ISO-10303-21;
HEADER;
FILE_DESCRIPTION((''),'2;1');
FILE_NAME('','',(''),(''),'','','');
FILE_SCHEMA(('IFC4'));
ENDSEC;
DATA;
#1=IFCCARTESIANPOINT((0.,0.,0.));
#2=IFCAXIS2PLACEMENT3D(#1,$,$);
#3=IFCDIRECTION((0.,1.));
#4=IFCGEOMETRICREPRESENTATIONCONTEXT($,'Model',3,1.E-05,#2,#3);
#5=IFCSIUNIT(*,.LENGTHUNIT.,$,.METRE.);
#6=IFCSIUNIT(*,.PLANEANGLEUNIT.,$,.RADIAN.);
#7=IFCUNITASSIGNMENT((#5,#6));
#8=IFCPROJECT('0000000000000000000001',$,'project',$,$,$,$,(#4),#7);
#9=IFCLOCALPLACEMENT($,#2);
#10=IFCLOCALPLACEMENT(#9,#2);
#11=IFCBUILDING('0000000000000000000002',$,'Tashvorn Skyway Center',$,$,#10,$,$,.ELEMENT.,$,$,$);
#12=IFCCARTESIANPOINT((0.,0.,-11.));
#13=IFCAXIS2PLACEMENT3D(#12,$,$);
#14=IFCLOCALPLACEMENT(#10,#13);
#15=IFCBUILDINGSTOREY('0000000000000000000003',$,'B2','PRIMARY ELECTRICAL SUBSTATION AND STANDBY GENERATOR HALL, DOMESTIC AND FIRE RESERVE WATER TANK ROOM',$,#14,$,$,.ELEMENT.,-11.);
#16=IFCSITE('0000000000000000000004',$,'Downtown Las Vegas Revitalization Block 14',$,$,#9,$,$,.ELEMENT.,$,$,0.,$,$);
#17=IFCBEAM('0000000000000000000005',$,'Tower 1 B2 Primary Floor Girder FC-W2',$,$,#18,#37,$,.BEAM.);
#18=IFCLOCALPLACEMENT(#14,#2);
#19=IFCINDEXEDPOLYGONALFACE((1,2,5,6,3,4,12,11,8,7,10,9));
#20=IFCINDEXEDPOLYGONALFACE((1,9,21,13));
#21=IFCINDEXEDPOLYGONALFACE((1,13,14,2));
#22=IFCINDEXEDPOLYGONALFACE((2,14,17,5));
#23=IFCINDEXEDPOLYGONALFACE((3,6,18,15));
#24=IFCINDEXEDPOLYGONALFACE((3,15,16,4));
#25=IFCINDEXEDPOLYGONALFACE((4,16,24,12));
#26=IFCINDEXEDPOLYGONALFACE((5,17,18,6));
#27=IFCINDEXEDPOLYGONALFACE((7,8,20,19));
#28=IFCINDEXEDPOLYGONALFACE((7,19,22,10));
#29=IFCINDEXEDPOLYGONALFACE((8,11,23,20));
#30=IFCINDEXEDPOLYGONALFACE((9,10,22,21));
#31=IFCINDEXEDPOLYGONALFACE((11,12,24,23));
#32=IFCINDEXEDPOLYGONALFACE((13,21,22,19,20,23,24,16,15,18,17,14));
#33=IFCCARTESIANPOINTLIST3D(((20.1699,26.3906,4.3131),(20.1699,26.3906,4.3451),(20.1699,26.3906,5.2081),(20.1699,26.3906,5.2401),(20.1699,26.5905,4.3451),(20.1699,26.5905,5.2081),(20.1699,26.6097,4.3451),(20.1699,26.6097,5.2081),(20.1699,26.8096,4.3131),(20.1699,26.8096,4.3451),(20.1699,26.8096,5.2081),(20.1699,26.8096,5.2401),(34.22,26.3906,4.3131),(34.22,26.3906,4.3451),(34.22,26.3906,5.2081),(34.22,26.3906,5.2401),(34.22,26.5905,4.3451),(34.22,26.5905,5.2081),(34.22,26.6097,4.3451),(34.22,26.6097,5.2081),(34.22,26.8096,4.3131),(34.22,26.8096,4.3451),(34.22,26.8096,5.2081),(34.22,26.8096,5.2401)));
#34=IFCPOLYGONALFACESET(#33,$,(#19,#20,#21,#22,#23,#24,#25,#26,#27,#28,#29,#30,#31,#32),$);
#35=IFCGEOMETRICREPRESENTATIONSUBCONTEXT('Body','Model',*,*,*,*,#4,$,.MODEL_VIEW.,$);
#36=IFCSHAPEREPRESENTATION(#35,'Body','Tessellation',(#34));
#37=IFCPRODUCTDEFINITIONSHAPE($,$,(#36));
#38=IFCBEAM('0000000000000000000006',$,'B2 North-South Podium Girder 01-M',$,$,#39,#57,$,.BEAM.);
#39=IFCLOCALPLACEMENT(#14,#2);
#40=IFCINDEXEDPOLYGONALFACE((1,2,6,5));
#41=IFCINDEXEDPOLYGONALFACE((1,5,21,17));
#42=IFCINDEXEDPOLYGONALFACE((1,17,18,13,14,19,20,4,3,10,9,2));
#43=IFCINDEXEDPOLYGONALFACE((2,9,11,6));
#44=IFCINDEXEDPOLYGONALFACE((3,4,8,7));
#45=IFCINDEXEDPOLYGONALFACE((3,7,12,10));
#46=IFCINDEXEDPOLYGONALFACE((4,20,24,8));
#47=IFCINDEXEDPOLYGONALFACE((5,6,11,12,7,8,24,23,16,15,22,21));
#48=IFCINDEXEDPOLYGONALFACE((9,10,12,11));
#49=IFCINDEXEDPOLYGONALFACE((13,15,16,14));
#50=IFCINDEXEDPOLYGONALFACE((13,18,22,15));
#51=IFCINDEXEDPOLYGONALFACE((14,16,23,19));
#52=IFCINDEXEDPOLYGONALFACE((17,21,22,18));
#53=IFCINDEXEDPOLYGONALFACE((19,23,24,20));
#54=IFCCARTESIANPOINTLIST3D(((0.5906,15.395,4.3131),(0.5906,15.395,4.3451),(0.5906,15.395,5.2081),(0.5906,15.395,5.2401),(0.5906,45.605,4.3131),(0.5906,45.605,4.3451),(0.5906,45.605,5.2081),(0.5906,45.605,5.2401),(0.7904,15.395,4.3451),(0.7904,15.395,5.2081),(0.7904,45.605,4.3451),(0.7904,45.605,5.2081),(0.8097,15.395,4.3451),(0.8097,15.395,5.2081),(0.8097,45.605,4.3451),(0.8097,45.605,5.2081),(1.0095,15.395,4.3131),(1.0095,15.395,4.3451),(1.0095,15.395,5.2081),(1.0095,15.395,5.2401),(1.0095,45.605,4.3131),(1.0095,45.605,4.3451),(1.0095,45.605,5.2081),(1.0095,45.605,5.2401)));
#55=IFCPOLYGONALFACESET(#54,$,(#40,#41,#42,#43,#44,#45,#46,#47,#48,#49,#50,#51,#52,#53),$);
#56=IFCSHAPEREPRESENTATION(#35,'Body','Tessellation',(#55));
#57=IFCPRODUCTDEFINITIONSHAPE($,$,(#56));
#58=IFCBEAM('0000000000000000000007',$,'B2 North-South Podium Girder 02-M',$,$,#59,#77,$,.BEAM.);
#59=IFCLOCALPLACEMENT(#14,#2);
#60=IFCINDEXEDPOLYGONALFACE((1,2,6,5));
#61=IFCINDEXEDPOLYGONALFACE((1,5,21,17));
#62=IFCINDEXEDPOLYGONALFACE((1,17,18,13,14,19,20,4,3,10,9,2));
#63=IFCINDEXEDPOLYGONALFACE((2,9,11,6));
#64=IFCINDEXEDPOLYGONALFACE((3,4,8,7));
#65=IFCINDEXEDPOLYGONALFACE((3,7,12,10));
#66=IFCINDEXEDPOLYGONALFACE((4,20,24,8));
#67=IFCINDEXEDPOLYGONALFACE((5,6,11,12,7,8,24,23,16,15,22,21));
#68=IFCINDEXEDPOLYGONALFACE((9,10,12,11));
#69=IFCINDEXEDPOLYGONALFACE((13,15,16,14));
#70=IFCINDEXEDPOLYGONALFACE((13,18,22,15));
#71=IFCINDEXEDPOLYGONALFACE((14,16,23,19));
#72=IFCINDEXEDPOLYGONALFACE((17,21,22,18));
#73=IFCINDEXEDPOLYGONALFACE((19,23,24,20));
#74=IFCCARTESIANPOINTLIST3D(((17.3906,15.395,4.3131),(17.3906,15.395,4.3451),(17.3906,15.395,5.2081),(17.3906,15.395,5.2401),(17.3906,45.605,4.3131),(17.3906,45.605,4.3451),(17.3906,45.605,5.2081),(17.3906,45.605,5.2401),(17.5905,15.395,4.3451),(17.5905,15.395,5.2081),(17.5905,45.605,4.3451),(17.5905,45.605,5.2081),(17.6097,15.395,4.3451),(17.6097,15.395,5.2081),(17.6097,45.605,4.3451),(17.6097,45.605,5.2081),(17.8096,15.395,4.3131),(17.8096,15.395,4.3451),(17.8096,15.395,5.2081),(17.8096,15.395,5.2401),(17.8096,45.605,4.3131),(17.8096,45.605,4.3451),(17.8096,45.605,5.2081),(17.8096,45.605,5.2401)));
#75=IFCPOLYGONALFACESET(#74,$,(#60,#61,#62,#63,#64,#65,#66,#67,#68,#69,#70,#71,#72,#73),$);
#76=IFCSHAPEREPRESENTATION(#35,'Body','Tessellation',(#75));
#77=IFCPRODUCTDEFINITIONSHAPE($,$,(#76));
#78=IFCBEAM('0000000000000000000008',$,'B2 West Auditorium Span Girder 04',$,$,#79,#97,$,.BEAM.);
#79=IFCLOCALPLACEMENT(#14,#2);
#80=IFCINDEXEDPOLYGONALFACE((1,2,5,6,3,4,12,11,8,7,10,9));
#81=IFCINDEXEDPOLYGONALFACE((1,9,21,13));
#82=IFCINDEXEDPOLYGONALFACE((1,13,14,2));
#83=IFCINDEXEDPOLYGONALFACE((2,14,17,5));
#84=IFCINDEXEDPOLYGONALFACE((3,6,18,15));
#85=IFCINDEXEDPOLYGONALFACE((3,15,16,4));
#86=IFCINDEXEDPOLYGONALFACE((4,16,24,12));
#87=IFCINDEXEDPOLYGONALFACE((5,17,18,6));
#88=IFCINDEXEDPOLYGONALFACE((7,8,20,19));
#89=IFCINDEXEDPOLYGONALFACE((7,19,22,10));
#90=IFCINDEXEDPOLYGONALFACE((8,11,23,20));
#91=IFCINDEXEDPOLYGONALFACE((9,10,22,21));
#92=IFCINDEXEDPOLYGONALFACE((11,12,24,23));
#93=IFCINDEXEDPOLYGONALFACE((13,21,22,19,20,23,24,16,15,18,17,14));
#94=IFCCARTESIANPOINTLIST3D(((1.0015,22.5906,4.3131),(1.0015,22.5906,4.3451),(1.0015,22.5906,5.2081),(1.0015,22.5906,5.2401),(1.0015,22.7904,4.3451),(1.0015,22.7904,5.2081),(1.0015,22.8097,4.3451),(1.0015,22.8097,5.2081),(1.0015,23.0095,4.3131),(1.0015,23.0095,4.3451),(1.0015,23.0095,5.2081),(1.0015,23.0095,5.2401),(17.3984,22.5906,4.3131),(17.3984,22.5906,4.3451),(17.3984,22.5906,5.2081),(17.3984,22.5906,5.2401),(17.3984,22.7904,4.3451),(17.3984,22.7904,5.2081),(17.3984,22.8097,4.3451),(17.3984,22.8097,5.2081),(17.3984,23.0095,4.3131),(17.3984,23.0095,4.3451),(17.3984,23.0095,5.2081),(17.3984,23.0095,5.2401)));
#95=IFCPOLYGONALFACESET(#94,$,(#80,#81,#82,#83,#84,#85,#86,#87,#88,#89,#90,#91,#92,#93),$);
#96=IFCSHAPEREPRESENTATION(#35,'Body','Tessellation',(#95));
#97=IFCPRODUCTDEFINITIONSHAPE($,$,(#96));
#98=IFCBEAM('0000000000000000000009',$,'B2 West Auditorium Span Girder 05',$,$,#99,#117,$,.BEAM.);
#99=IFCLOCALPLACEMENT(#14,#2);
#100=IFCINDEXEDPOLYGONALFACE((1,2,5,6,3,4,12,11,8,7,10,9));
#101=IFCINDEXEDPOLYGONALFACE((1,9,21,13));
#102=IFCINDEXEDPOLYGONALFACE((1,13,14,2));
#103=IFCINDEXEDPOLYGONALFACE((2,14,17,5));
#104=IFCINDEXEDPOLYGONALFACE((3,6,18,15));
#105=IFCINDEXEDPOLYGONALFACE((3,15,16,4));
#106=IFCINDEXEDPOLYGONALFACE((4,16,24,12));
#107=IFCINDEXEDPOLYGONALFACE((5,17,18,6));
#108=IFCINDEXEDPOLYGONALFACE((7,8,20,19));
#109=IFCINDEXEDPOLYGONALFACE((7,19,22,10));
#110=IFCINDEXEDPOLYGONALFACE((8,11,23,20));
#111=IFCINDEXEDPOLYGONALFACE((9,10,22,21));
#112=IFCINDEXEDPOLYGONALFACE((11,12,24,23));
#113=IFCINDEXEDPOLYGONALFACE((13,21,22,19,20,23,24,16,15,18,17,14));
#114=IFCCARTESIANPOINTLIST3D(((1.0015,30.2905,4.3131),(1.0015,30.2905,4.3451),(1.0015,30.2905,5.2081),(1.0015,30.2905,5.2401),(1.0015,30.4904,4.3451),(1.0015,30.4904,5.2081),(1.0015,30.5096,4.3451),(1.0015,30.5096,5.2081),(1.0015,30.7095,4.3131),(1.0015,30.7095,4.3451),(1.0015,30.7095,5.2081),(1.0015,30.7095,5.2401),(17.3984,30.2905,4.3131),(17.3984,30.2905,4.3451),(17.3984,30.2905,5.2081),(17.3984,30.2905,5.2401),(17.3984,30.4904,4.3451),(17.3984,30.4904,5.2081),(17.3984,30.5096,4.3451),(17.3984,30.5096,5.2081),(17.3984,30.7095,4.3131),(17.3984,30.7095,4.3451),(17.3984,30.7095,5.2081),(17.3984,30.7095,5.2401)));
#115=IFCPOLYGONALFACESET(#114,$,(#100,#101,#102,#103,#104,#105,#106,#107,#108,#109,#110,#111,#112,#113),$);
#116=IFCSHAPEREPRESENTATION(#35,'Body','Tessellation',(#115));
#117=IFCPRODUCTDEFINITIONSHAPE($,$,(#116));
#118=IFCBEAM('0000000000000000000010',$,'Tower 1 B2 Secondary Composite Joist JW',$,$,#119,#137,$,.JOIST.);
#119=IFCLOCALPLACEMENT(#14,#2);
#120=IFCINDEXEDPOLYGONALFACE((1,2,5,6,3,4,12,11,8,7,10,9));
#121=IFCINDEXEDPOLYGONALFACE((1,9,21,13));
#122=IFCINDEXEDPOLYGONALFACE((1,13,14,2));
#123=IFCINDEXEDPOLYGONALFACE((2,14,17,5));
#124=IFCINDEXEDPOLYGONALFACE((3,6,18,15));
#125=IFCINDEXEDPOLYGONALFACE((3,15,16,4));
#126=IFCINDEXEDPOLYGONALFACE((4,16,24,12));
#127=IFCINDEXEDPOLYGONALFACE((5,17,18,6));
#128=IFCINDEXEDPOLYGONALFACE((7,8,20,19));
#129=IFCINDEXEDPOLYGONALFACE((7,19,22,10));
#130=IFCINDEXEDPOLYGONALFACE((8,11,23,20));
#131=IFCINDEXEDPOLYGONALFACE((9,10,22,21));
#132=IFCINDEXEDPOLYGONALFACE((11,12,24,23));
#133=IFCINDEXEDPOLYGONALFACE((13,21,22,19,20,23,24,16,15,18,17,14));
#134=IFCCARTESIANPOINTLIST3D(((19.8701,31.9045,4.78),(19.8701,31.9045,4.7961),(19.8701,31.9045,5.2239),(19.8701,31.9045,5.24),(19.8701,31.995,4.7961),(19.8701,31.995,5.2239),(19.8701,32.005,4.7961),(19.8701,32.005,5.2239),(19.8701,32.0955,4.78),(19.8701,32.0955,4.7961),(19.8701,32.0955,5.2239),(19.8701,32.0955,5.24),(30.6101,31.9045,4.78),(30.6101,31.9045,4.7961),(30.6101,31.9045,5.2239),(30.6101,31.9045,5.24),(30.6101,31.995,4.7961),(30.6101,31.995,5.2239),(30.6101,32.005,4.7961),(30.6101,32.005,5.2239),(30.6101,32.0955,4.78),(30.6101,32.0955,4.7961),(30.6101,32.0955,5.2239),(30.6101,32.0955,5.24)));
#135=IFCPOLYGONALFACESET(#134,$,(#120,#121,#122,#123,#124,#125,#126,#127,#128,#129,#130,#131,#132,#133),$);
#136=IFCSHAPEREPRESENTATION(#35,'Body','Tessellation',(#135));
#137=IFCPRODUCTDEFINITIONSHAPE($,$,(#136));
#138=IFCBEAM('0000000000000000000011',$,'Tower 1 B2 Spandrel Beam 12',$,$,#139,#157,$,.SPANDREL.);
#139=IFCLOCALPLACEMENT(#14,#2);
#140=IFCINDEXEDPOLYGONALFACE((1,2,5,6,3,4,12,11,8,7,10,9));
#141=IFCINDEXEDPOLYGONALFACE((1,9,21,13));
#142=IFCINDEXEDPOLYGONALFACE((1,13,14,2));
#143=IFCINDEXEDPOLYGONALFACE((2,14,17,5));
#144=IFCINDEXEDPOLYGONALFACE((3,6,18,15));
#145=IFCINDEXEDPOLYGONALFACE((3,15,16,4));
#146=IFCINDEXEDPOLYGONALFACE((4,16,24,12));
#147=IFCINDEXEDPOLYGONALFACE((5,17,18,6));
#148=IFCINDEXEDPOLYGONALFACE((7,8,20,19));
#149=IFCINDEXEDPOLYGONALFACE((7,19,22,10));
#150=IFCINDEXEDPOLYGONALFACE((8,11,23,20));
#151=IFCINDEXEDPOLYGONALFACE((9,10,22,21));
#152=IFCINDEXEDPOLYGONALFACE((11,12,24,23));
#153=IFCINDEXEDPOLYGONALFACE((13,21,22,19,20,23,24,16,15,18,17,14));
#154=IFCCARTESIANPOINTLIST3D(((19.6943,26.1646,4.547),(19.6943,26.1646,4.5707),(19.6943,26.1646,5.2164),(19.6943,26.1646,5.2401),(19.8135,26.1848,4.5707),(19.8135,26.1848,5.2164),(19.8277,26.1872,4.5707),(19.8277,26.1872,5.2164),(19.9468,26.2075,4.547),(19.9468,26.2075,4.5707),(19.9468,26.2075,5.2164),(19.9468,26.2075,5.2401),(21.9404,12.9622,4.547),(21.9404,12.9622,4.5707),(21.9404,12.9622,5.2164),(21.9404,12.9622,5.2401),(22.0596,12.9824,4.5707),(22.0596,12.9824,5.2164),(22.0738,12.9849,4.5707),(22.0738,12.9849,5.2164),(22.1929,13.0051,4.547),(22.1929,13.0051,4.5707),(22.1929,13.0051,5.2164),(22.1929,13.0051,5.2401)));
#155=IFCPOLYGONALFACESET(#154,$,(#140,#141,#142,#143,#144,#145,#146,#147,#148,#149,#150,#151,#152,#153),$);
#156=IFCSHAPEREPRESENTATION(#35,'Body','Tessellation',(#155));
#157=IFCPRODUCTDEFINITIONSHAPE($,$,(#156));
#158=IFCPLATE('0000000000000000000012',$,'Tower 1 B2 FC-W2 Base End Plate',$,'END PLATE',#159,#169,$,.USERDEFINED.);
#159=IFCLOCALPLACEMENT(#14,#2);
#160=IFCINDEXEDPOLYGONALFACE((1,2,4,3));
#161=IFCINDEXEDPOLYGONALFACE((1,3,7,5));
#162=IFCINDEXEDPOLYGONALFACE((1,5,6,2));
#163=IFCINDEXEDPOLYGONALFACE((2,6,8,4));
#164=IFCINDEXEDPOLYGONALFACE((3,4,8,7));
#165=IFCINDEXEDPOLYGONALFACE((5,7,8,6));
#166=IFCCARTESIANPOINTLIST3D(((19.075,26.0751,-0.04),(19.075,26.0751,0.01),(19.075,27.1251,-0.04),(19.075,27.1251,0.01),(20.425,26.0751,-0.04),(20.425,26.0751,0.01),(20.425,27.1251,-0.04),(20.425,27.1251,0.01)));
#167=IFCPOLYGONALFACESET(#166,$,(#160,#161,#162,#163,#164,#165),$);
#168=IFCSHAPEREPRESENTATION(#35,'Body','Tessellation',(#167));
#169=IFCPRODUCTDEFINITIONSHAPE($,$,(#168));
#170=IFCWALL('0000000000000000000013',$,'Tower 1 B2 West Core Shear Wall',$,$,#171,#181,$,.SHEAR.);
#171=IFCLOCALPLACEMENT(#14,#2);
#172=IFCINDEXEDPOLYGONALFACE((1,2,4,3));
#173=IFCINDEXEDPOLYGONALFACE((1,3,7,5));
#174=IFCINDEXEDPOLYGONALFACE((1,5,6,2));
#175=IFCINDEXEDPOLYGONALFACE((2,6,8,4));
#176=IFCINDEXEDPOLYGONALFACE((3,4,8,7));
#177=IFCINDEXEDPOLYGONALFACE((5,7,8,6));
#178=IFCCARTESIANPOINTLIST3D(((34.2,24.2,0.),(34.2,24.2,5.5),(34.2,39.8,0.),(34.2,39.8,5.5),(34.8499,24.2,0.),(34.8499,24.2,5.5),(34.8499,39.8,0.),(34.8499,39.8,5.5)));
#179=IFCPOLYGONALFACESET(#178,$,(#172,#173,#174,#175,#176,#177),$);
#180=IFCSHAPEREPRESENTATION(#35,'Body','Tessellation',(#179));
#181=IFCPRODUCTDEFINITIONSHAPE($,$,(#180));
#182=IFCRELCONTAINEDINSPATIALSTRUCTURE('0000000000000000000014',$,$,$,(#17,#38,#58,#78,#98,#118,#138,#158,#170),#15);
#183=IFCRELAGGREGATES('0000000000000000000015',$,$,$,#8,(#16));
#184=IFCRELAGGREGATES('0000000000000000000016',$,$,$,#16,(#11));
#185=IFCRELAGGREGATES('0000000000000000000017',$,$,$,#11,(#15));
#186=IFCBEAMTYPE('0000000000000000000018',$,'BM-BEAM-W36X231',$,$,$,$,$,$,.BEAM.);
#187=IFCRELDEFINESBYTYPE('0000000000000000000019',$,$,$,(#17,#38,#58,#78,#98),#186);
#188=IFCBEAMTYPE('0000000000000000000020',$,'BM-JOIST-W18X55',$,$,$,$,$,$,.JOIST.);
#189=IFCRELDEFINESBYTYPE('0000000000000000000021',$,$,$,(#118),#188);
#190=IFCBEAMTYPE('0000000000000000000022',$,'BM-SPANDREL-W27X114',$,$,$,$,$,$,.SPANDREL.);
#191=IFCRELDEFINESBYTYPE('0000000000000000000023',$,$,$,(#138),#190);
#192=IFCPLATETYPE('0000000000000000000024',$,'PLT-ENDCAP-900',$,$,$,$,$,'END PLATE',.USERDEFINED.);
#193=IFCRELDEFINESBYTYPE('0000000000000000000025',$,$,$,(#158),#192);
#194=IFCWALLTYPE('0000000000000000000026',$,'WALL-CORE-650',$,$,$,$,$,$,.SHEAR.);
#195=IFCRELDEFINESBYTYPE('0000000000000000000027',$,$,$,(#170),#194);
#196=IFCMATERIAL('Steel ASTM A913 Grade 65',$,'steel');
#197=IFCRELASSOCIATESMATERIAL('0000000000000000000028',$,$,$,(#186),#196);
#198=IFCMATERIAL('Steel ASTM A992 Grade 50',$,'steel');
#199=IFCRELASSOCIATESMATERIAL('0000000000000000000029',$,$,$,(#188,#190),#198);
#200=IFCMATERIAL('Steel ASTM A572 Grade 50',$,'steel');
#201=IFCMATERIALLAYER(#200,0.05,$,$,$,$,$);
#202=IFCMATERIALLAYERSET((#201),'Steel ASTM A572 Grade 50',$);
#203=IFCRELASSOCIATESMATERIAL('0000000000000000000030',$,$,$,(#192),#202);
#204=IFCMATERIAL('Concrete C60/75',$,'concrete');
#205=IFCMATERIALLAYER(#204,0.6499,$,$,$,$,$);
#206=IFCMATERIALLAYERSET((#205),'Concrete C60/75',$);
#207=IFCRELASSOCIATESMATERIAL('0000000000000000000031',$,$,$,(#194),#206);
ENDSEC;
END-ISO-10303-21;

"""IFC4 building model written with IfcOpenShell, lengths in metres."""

from ifc_helpers import new_model, si_unit, direction, frame, frame_2d, origin, origin_2d, place, context, subcontext, project, spatial, rectangle, i_section, extrude, material, layer, layer_set, material_profile, profile_set, type_object, element, save


model = new_model("IFC4")

# Units and contexts
model_context = context("Model", 3, precision=1e-05, world=origin(), true_north=direction((0.0, 1.0)))
body_context = subcontext(model_context, "Body", "Model", "MODEL_VIEW")
ifc_project = project(units=[si_unit("LENGTHUNIT", "METRE"), si_unit("PLANEANGLEUNIT", "RADIAN")], contexts=[model_context])

# Site, building, storey
site_placement = place(None, origin())
site = spatial("IfcSite", under=ifc_project, at=site_placement, Name="Downtown Las Vegas Revitalization Block 14", CompositionType="ELEMENT", RefElevation=0.0)
building_placement = place(site_placement, origin())
building = spatial("IfcBuilding", under=site, at=building_placement, Name="Tashvorn Skyway Center", CompositionType="ELEMENT")
storey_placement = place(building_placement, frame((0.0, 0.0, -11.0)))
storey = spatial("IfcBuildingStorey", under=building, at=storey_placement, Name="B2", Description="PRIMARY ELECTRICAL SUBSTATION AND STANDBY GENERATOR HALL, DOMESTIC AND FIRE RESERVE WATER TANK ROOM", CompositionType="ELEMENT", Elevation=-11.0)

# Shared definitions
ifc_material_1 = material(Name="Steel ASTM A572 Grade 50", Category="steel")

# Beams
ifc_material_2 = material(Name="Steel ASTM A992 Grade 50", Category="steel")
ifc_material_3 = material(Name="Steel ASTM A913 Grade 65", Category="steel")
ifc_material_profile_1 = material_profile(ifc_material_3, i_section(OverallWidth=0.4189, OverallDepth=0.927, WebThickness=0.0193, FlangeThickness=0.032, at=origin_2d()), Name="W36X231")
ifc_profile_set_1 = profile_set([ifc_material_profile_1], Name="Steel ASTM A913 Grade 65")
beam_type_1 = type_object("IfcBeamType", Name="BM-BEAM-W36X231", PredefinedType="BEAM", material=ifc_profile_set_1)
beam_1_placement = place(storey_placement, frame((20.1699, 26.6001, 4.7766), z_axis=(1.0, 0.0, 0.0), x_axis=(0.0, 1.0, 0.0)))
element("IfcBeam", 1, at=beam_1_placement, inside=storey, type_object=beam_type_1, Name="Tower 1 B2 Primary Floor Girder FC-W2", PredefinedType="BEAM", context=body_context, shape_type="SweptSolid", body=[
    extrude(i_section(OverallWidth=0.4189, OverallDepth=0.927, WebThickness=0.0193, FlangeThickness=0.032, at=origin_2d()), origin(), (0.0, 0.0, 1.0), 14.05),
])
for number, where, z_axis, x_axis, name in (
    (2, (0.8, 15.395, 4.7766), (0.0, 1.0, 0.0), (-1.0, 0.0, 0.0), "B2 North-South Podium Girder 01-M"),
    (3, (17.6001, 15.395, 4.7766), (0.0, 1.0, 0.0), (-1.0, 0.0, 0.0), "B2 North-South Podium Girder 02-M"),
):
    element("IfcBeam", number, at=place(storey_placement, frame(where, z_axis=z_axis, x_axis=x_axis)), inside=storey, type_object=beam_type_1, Name=name, PredefinedType="BEAM", context=body_context, shape_type="SweptSolid", body=[
        extrude(i_section(OverallWidth=0.4189, OverallDepth=0.927, WebThickness=0.0193, FlangeThickness=0.032, at=origin_2d()), origin(), (0.0, 0.0, 1.0), 30.21),
    ])
for number, where, z_axis, x_axis, name in (
    (4, (1.0015, 22.8, 4.7766), (1.0, 0.0, 0.0), (0.0, 1.0, 0.0), "B2 West Auditorium Span Girder 04"),
    (5, (1.0015, 30.5, 4.7766), (1.0, 0.0, 0.0), (0.0, 1.0, 0.0), "B2 West Auditorium Span Girder 05"),
):
    element("IfcBeam", number, at=place(storey_placement, frame(where, z_axis=z_axis, x_axis=x_axis)), inside=storey, type_object=beam_type_1, Name=name, PredefinedType="BEAM", context=body_context, shape_type="SweptSolid", body=[
        extrude(i_section(OverallWidth=0.4189, OverallDepth=0.927, WebThickness=0.0193, FlangeThickness=0.032, at=origin_2d()), origin(), (0.0, 0.0, 1.0), 16.397),
    ])
ifc_material_profile_2 = material_profile(ifc_material_2, i_section(OverallWidth=0.1909, OverallDepth=0.46, WebThickness=0.01, FlangeThickness=0.0161, at=origin_2d()), Name="W18X55")
ifc_profile_set_2 = profile_set([ifc_material_profile_2], Name="Steel ASTM A992 Grade 50")
beam_type_2 = type_object("IfcBeamType", Name="BM-JOIST-W18X55", PredefinedType="JOIST", material=ifc_profile_set_2)
beam_2_placement = place(storey_placement, frame((30.6101, 32.0, 5.01), z_axis=(-1.0, 0.0, 0.0), x_axis=(0.0, -1.0, 0.0)))
element("IfcBeam", 6, at=beam_2_placement, inside=storey, type_object=beam_type_2, Name="Tower 1 B2 Secondary Composite Joist JW", PredefinedType="JOIST", context=body_context, shape_type="SweptSolid", body=[
    extrude(i_section(OverallWidth=0.1909, OverallDepth=0.46, WebThickness=0.01, FlangeThickness=0.0161, at=origin_2d()), origin(), (0.0, 0.0, 1.0), 10.74),
])
ifc_material_profile_3 = material_profile(ifc_material_2, i_section(OverallWidth=0.2561, OverallDepth=0.6931, WebThickness=0.0144, FlangeThickness=0.0237, at=origin_2d()), Name="W27X114")
ifc_profile_set_3 = profile_set([ifc_material_profile_3], Name="Steel ASTM A992 Grade 50")
beam_type_3 = type_object("IfcBeamType", Name="BM-SPANDREL-W27X114", PredefinedType="SPANDREL", material=ifc_profile_set_3)
beam_3_placement = place(storey_placement, frame((19.8206, 26.186, 4.8936), z_axis=(0.167718, -0.985835, 0.0), x_axis=(0.985835, 0.167718, 0.0)))
element("IfcBeam", 7, at=beam_3_placement, inside=storey, type_object=beam_type_3, Name="Tower 1 B2 Spandrel Beam 12", PredefinedType="SPANDREL", context=body_context, shape_type="SweptSolid", body=[
    extrude(i_section(OverallWidth=0.2561, OverallDepth=0.6931, WebThickness=0.0144, FlangeThickness=0.0237, at=origin_2d()), origin(), (0.0, 0.0, 1.0), 13.3921),
])

# Plate
ifc_layer_1 = layer(ifc_material_1, 0.05)
ifc_layer_set_1 = layer_set([ifc_layer_1], Name="Steel ASTM A572 Grade 50")
plate_type = type_object("IfcPlateType", Name="PLT-ENDCAP-900", ElementType="END PLATE", PredefinedType="USERDEFINED", material=ifc_layer_set_1)
plate_placement = place(storey_placement, frame((19.75, 26.6001, -0.04), z_axis=(0.0, 0.0, 1.0), x_axis=(1.0, 0.0, 0.0)))
element("IfcPlate", 8, at=plate_placement, inside=storey, type_object=plate_type, Name="Tower 1 B2 FC-W2 Base End Plate", ObjectType="END PLATE", PredefinedType="USERDEFINED", context=body_context, shape_type="SweptSolid", body=[
    extrude(rectangle(XDim=1.3501, YDim=1.05, at=origin_2d()), origin(), (0.0, 0.0, 1.0), 0.05),
])

# Wall
ifc_material_4 = material(Name="Concrete C60/75", Category="concrete")
ifc_layer_2 = layer(ifc_material_4, 0.6499)
ifc_layer_set_2 = layer_set([ifc_layer_2], Name="Concrete C60/75")
wall_type_1 = type_object("IfcWallType", Name="WALL-CORE-650", PredefinedType="SHEAR", material=ifc_layer_set_2)
wall_1_placement = place(storey_placement, frame((34.5249, 24.2, 0.0), z_axis=(0.0, 0.0, 1.0), x_axis=(0.0, 1.0, 0.0)))
element("IfcWall", 9, at=wall_1_placement, inside=storey, type_object=wall_type_1, Name="Tower 1 B2 West Core Shear Wall", PredefinedType="SHEAR", context=body_context, shape_type="SweptSolid", body=[
    extrude(rectangle(XDim=15.6001, YDim=0.6499, at=frame_2d((7.8, 0.0))), origin(), (0.0, 0.0, 1.0), 5.5),
])

save(model, "model.ifc")
